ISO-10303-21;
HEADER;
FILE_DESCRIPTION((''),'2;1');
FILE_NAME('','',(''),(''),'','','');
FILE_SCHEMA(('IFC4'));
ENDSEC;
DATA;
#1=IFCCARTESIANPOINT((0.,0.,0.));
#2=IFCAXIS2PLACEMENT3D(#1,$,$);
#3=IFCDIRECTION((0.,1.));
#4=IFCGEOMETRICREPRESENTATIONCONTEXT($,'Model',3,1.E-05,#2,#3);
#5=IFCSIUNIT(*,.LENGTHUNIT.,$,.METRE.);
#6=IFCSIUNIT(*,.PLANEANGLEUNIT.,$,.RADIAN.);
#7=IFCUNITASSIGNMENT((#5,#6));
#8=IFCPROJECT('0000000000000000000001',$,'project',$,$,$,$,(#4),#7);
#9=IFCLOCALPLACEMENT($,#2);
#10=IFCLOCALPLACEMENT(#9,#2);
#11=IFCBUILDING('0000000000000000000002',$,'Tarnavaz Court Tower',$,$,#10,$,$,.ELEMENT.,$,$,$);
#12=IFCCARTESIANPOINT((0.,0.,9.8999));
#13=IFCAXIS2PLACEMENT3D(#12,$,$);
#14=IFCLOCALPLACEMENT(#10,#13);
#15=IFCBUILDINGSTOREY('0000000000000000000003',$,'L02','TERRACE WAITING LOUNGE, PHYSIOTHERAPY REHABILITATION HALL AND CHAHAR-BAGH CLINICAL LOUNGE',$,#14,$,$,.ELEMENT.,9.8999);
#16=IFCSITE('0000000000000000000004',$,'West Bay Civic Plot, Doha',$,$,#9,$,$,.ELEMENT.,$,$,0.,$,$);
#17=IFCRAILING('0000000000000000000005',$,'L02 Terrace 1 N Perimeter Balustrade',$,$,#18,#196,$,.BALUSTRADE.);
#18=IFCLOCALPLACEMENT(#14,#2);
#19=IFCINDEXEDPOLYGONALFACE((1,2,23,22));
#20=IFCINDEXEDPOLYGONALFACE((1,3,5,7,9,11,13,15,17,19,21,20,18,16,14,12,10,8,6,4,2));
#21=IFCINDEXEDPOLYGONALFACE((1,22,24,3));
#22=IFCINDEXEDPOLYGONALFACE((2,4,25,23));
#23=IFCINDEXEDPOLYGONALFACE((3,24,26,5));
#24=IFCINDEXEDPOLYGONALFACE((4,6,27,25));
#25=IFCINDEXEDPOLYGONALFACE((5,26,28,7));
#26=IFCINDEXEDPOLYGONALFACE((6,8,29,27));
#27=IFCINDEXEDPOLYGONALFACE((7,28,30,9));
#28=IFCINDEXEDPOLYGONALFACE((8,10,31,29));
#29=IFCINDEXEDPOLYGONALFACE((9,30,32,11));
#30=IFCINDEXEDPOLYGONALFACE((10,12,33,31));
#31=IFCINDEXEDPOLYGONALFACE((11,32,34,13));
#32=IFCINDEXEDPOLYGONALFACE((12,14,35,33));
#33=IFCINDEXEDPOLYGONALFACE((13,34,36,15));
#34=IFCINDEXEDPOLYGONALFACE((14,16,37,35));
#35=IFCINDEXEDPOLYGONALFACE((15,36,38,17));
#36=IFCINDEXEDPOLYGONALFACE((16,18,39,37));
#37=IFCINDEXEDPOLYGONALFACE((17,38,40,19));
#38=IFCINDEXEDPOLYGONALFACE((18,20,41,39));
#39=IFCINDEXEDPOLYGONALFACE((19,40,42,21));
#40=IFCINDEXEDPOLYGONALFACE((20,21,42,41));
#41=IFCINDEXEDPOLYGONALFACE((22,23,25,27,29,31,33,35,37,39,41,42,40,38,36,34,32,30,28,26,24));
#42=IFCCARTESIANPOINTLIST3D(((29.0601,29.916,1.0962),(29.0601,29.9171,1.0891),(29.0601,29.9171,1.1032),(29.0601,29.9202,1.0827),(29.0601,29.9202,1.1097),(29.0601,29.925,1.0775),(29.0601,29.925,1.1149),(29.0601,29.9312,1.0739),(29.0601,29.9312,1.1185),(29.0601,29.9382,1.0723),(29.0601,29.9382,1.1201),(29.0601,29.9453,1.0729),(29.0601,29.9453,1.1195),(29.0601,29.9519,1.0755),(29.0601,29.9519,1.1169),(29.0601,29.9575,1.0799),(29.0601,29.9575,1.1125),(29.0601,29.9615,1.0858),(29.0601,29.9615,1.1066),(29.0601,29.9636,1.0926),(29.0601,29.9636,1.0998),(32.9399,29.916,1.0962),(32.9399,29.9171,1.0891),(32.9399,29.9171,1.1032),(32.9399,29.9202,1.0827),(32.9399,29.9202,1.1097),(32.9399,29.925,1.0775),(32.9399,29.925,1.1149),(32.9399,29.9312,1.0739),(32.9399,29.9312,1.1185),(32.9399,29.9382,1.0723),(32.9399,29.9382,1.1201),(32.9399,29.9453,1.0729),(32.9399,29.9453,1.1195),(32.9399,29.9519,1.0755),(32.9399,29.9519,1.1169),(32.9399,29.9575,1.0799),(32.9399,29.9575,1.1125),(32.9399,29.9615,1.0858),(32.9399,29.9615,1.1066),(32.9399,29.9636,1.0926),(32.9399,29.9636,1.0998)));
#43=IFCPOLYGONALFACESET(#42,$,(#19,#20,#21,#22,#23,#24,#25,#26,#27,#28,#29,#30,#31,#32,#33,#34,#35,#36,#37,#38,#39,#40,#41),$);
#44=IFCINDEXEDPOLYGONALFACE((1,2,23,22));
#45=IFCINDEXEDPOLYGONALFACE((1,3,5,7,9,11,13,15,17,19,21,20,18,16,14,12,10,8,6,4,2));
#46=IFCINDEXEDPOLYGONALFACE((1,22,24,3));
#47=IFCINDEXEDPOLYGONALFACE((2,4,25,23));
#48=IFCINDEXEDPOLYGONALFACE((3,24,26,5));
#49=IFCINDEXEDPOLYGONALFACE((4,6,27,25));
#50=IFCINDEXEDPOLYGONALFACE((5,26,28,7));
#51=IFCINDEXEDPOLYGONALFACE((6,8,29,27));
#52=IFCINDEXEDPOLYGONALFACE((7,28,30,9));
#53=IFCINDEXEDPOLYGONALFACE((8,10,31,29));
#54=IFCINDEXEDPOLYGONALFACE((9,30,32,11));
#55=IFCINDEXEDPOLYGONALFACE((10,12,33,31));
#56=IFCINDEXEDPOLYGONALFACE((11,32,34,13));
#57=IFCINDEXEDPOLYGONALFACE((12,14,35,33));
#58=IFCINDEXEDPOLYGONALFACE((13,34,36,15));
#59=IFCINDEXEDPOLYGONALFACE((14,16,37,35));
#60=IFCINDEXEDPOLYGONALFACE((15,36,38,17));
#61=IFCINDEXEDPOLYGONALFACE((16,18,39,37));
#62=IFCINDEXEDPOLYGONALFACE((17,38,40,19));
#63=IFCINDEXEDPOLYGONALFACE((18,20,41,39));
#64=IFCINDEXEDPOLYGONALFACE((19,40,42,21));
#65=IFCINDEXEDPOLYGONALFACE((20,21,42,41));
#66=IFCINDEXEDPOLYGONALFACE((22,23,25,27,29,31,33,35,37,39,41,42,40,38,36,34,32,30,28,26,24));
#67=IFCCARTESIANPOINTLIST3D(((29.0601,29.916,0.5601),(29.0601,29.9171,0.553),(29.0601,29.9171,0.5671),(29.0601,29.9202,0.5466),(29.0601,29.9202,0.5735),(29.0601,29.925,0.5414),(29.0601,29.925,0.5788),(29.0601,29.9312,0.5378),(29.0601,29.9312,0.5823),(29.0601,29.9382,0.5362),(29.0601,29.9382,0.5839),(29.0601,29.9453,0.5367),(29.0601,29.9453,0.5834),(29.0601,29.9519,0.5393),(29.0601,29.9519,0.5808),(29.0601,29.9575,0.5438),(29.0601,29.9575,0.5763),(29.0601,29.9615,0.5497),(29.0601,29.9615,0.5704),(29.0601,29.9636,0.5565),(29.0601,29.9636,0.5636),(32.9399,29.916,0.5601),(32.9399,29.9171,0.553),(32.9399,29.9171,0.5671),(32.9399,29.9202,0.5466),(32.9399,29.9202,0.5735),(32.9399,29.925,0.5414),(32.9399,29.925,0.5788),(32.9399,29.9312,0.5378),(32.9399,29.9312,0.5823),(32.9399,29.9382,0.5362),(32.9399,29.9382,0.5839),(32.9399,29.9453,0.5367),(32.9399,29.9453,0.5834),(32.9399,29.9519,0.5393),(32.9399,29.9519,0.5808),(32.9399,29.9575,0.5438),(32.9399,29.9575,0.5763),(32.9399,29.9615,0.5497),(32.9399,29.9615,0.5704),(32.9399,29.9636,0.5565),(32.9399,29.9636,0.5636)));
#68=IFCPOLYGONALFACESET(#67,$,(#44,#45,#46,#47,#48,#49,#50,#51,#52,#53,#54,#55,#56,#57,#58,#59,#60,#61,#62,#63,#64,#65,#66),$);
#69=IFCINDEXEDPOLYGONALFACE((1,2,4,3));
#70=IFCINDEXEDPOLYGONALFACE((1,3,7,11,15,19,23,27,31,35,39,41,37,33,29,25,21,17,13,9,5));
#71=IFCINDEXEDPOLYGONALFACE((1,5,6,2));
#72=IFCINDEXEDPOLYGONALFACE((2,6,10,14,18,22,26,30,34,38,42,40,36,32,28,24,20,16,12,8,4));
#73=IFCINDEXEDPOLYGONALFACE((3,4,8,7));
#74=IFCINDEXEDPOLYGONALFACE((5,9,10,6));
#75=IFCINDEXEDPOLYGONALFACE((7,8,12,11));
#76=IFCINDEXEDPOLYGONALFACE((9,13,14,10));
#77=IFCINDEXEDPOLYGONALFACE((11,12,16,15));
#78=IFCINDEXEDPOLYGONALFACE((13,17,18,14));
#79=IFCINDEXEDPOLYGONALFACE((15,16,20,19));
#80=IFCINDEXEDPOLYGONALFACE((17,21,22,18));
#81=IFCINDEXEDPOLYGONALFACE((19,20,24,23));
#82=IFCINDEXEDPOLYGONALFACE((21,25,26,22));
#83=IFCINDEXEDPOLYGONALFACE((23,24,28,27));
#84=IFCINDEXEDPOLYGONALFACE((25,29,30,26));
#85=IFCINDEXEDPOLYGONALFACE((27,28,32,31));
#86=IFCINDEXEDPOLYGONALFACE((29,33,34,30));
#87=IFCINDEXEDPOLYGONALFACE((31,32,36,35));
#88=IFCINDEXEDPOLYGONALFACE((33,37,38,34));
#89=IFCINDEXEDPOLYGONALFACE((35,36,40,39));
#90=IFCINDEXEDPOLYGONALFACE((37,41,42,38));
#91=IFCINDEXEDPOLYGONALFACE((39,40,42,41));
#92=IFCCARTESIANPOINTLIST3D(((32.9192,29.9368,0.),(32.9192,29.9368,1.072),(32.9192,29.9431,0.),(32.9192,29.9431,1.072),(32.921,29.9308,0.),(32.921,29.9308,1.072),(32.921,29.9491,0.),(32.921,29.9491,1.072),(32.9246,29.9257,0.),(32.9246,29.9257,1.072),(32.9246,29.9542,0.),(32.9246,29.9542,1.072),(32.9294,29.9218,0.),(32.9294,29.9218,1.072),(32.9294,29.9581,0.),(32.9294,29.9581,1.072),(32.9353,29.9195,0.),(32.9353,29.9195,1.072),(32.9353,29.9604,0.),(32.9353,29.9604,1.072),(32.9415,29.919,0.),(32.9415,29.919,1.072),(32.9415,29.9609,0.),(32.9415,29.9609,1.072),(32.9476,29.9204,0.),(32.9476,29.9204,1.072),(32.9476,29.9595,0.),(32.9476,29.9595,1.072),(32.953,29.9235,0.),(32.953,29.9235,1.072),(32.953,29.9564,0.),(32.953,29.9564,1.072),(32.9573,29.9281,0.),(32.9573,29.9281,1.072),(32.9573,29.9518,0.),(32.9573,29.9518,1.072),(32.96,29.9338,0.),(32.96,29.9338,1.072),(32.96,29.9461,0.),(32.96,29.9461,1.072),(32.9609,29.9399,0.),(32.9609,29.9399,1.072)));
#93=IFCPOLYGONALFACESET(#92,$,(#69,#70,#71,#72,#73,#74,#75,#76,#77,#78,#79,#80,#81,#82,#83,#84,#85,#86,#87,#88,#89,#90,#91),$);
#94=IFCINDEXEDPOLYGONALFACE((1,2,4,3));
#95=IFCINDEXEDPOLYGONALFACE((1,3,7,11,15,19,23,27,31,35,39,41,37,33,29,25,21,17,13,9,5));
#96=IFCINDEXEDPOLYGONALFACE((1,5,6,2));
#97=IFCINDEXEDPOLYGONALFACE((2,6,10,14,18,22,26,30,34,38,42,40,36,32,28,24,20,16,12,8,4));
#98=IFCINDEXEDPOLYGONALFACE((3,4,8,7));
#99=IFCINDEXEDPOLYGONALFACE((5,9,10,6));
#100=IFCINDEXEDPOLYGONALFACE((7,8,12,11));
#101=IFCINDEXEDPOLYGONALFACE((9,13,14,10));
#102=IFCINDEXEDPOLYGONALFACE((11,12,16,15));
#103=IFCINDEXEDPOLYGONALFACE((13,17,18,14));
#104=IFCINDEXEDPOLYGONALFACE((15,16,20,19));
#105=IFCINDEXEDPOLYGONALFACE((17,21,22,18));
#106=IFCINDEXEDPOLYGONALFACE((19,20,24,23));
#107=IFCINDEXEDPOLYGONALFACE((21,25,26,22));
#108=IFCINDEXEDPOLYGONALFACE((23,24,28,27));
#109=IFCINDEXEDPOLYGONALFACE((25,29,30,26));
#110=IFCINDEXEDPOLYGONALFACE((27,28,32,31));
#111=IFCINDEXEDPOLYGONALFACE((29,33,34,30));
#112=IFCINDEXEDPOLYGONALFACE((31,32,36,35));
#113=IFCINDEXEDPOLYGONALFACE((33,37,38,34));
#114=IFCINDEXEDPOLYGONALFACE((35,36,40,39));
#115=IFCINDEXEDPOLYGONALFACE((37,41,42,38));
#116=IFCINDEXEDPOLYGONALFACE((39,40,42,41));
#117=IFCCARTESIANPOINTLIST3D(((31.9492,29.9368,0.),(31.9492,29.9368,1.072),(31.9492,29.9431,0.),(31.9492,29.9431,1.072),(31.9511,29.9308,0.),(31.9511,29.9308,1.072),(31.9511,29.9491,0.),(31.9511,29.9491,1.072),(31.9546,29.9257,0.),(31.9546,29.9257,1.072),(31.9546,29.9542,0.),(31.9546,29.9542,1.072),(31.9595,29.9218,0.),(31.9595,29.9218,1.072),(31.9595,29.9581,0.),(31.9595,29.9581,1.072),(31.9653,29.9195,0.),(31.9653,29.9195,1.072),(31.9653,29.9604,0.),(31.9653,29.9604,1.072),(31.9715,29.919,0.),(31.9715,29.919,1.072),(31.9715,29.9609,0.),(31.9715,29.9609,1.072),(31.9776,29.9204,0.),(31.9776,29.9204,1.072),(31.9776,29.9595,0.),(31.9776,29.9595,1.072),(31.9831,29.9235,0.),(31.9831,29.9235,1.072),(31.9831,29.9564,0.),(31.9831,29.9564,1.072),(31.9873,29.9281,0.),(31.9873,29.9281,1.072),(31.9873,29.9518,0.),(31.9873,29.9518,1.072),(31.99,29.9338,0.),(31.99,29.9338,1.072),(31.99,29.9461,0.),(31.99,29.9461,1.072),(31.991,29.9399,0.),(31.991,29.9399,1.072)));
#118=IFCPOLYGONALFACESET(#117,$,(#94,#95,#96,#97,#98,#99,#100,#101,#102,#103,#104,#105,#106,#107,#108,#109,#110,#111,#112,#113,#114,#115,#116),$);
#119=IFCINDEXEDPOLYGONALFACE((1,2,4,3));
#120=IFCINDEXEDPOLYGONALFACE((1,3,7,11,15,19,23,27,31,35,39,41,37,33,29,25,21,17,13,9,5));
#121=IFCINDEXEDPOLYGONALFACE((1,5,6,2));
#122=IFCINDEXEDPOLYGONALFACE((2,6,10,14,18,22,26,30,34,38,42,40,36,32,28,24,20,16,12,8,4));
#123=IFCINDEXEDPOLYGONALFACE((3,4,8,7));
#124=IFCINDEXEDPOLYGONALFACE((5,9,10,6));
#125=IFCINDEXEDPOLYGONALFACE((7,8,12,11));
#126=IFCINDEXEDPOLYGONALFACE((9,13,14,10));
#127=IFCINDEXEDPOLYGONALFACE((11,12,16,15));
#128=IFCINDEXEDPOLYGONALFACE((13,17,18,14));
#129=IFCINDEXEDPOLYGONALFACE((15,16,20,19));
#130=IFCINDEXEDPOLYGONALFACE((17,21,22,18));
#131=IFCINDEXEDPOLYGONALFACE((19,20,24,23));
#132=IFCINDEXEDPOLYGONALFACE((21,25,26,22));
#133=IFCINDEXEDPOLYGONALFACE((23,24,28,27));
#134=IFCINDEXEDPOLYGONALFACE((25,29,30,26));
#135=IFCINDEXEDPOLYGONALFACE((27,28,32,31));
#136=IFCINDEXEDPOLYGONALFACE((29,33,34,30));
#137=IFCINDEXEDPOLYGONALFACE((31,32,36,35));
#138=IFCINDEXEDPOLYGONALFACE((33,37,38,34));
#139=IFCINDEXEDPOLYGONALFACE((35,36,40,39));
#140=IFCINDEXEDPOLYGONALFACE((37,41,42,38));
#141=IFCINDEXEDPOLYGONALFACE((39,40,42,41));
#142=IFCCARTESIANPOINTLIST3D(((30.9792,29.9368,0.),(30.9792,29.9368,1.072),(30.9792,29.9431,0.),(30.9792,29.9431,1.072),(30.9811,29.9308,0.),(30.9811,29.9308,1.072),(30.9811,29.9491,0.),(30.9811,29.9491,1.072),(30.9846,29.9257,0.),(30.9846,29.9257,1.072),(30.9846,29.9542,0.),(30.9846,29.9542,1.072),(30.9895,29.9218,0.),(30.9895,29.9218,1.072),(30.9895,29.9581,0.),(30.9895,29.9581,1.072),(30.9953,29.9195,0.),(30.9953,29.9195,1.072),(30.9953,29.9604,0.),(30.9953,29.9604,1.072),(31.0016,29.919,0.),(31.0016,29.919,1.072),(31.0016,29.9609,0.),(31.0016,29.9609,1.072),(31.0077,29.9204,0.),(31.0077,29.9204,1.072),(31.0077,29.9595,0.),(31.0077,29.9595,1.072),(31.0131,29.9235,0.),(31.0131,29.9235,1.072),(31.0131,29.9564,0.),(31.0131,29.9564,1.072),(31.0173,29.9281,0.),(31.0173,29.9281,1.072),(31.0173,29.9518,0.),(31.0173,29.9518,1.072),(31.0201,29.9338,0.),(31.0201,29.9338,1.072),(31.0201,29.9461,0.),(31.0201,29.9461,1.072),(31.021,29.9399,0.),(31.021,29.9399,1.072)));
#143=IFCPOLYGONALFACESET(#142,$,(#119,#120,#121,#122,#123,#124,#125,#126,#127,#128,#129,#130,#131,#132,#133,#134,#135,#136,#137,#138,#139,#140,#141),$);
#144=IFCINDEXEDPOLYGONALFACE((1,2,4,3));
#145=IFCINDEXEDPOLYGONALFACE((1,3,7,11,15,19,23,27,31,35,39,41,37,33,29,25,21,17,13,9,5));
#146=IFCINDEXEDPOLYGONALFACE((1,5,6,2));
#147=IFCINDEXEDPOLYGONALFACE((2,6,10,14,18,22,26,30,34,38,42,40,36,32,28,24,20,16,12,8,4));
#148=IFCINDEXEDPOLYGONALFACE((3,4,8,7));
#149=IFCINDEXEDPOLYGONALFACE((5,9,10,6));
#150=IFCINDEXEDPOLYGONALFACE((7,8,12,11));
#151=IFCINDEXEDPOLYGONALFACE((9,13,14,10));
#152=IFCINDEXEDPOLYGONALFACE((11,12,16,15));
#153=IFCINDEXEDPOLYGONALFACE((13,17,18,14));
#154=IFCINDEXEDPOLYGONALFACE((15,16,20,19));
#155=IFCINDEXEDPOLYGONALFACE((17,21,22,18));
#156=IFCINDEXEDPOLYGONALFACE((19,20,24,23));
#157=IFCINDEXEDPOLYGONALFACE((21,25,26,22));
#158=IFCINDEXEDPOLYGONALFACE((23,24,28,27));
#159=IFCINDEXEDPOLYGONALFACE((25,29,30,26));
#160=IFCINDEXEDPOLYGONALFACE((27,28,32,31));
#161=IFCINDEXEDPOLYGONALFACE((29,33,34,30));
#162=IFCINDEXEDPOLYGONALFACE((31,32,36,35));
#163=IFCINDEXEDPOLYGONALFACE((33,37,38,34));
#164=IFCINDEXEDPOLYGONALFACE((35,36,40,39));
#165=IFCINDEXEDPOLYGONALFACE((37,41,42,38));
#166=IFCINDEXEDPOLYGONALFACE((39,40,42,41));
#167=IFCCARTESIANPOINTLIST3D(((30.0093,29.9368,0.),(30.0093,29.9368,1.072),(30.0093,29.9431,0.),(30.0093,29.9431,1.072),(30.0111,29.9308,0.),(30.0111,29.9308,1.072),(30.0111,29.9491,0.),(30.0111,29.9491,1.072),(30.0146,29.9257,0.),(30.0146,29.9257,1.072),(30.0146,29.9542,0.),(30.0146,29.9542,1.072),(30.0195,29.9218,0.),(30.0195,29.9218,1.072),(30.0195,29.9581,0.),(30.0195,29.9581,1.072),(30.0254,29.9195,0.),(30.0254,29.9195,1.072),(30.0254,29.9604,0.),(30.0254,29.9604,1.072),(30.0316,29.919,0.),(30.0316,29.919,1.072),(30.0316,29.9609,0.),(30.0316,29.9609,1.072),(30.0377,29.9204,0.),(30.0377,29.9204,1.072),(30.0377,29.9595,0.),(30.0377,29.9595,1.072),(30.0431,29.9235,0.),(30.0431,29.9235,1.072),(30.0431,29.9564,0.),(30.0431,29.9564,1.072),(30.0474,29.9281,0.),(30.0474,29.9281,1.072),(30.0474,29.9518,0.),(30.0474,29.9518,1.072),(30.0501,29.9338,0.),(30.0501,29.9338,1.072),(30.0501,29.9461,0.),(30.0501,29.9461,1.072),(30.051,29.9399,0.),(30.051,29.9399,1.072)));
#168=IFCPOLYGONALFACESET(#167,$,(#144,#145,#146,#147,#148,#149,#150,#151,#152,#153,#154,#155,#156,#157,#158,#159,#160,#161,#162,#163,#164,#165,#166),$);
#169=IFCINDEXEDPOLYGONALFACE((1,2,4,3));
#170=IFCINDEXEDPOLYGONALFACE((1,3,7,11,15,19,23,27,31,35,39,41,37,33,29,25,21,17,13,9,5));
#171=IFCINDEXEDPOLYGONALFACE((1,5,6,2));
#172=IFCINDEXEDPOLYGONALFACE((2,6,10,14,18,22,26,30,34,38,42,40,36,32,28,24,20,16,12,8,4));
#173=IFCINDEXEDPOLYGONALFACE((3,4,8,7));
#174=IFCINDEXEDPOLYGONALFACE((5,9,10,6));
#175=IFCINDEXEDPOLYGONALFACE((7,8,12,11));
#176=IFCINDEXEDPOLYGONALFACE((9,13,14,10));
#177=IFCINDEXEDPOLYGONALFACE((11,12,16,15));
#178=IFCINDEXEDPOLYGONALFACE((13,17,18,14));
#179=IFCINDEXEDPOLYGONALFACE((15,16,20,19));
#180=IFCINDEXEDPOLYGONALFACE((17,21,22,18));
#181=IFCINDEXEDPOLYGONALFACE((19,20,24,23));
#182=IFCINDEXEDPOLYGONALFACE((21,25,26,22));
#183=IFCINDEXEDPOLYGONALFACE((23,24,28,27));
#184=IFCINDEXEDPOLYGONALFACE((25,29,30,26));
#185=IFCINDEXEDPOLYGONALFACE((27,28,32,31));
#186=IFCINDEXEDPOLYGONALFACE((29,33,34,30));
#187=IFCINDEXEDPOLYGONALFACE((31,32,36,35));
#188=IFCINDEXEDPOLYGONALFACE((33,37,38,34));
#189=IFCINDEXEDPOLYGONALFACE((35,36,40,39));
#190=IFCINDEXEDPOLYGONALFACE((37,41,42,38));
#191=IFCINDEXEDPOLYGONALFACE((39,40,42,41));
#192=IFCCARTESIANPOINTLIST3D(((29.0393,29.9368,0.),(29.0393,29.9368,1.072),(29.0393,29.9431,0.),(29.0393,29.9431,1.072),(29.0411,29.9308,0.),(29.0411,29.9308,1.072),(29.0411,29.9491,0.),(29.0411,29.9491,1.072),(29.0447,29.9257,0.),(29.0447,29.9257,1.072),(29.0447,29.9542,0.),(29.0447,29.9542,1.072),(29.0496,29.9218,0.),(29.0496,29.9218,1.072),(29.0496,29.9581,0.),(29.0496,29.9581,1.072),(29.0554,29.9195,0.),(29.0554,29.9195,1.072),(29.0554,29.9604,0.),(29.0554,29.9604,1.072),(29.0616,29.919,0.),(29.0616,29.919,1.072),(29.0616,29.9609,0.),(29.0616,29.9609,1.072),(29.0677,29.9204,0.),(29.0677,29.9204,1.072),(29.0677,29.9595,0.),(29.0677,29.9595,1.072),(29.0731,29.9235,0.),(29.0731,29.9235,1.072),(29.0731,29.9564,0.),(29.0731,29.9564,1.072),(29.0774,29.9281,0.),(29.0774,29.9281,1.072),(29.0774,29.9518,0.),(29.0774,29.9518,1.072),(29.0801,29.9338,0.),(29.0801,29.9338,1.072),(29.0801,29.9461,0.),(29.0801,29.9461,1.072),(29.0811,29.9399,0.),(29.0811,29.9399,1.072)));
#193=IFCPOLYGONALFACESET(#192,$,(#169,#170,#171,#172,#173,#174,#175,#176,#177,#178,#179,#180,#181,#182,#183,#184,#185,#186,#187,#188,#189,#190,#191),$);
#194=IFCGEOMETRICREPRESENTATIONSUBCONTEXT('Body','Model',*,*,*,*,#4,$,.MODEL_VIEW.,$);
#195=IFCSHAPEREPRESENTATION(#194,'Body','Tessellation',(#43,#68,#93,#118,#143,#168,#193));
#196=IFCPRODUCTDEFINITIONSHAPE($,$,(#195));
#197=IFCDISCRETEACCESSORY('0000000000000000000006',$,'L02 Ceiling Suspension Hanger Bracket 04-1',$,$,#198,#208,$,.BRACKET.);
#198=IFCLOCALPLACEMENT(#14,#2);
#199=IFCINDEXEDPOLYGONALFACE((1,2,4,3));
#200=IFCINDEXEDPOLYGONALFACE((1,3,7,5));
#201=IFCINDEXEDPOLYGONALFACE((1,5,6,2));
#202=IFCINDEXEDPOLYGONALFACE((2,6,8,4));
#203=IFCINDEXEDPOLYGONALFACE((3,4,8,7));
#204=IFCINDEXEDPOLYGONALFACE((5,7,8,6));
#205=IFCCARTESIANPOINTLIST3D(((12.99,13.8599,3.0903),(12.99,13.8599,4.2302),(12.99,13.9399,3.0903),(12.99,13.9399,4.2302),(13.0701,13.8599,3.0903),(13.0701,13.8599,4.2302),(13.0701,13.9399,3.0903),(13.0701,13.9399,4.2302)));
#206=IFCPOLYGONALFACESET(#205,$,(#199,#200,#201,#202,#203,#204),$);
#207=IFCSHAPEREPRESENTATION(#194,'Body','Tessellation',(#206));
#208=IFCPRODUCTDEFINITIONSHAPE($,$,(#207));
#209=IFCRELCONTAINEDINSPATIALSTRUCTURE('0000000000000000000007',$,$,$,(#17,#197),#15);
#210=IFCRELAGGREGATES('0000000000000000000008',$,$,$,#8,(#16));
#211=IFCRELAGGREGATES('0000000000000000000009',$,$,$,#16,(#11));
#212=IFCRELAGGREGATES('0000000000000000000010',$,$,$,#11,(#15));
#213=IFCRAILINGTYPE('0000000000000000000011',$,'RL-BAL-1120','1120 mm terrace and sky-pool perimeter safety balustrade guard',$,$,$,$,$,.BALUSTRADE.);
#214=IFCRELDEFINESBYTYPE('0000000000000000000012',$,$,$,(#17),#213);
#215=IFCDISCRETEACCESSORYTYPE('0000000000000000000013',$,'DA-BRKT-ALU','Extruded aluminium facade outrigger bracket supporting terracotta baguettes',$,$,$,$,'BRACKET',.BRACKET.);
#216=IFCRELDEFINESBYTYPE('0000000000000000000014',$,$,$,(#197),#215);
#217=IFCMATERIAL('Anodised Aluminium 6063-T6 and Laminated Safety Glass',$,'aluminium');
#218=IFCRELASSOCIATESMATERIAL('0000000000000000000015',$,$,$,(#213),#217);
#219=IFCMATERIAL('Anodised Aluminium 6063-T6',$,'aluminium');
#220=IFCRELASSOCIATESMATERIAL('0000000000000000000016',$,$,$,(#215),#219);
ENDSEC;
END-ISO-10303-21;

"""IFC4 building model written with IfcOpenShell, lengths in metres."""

from ifc_helpers import new_model, si_unit, direction, frame, origin, origin_2d, place, context, subcontext, project, spatial, rectangle, circle, extrude, material, type_object, element, save


model = new_model("IFC4")

# Units and contexts
model_context = context("Model", 3, precision=1e-05, world=origin(), true_north=direction((0.0, 1.0)))
body_context = subcontext(model_context, "Body", "Model", "MODEL_VIEW")
ifc_project = project(units=[si_unit("LENGTHUNIT", "METRE"), si_unit("PLANEANGLEUNIT", "RADIAN")], contexts=[model_context])

# Site, building, storey
site_placement = place(None, origin())
site = spatial("IfcSite", under=ifc_project, at=site_placement, Name="West Bay Civic Plot, Doha", CompositionType="ELEMENT", RefElevation=0.0)
building_placement = place(site_placement, origin())
building = spatial("IfcBuilding", under=site, at=building_placement, Name="Tarnavaz Court Tower", CompositionType="ELEMENT")
storey_placement = place(building_placement, frame((0.0, 0.0, 9.8999)))
storey = spatial("IfcBuildingStorey", under=building, at=storey_placement, Name="L02", Description="TERRACE WAITING LOUNGE, PHYSIOTHERAPY REHABILITATION HALL AND CHAHAR-BAGH CLINICAL LOUNGE", CompositionType="ELEMENT", Elevation=9.8999)

# Shared definitions
ifc_material_1 = material(Name="Anodised Aluminium 6063-T6", Category="aluminium")

# Railing
ifc_material_2 = material(Name="Anodised Aluminium 6063-T6 and Laminated Safety Glass", Category="aluminium")
railing_type = type_object("IfcRailingType", Name="RL-BAL-1120", Description="1120 mm terrace and sky-pool perimeter safety balustrade guard", PredefinedType="BALUSTRADE", material=ifc_material_2)
railing_placement = place(storey_placement, frame((32.9399, 29.9399, 0.0)))
element("IfcRailing", 1, at=railing_placement, inside=storey, type_object=railing_type, Name="L02 Terrace 1 N Perimeter Balustrade", PredefinedType="BALUSTRADE", context=body_context, shape_type="SweptSolid", body=[
    extrude(circle(Radius=0.0239, at=origin_2d()), frame((0.0, 0.0, 1.0962), z_axis=(-1.0, 0.0, 0.0), x_axis=(0.0, -1.0, 0.0)), (0.0, 0.0, 1.0), 3.8799),
    extrude(circle(Radius=0.0239, at=origin_2d()), frame((0.0, 0.0, 0.5601), z_axis=(-1.0, 0.0, 0.0), x_axis=(0.0, -1.0, 0.0)), (0.0, 0.0, 1.0), 3.8799),
    extrude(circle(Radius=0.021, at=origin_2d()), origin(), (0.0, 0.0, 1.0), 1.072),
    extrude(circle(Radius=0.021, at=origin_2d()), frame((-0.97, 0.0, 0.0)), (0.0, 0.0, 1.0), 1.072),
    extrude(circle(Radius=0.021, at=origin_2d()), frame((-1.9399, 0.0, 0.0)), (0.0, 0.0, 1.0), 1.072),
    extrude(circle(Radius=0.021, at=origin_2d()), frame((-2.9099, 0.0, 0.0)), (0.0, 0.0, 1.0), 1.072),
    extrude(circle(Radius=0.021, at=origin_2d()), frame((-3.8799, 0.0, 0.0)), (0.0, 0.0, 1.0), 1.072),
])

# Discrete accessory
discrete_accessory_type = type_object("IfcDiscreteAccessoryType", Name="DA-BRKT-ALU", Description="Extruded aluminium facade outrigger bracket supporting terracotta baguettes", ElementType="BRACKET", PredefinedType="BRACKET", material=ifc_material_1)
for number, where, z_axis, x_axis, name in (
    (2, (13.03, 13.8999, 3.0903), (0.0, 0.0, 1.0), (1.0, 0.0, 0.0), "L02 Ceiling Suspension Hanger Bracket 04-1"),
):
    element("IfcDiscreteAccessory", number, at=place(storey_placement, frame(where, z_axis=z_axis, x_axis=x_axis)), inside=storey, type_object=discrete_accessory_type, Name=name, PredefinedType="BRACKET", context=body_context, shape_type="SweptSolid", body=[
        extrude(rectangle(XDim=0.0801, YDim=0.0801, at=origin_2d()), origin(), (0.0, 0.0, 1.0), 1.1399),
    ])

save(model, "model.ifc")
